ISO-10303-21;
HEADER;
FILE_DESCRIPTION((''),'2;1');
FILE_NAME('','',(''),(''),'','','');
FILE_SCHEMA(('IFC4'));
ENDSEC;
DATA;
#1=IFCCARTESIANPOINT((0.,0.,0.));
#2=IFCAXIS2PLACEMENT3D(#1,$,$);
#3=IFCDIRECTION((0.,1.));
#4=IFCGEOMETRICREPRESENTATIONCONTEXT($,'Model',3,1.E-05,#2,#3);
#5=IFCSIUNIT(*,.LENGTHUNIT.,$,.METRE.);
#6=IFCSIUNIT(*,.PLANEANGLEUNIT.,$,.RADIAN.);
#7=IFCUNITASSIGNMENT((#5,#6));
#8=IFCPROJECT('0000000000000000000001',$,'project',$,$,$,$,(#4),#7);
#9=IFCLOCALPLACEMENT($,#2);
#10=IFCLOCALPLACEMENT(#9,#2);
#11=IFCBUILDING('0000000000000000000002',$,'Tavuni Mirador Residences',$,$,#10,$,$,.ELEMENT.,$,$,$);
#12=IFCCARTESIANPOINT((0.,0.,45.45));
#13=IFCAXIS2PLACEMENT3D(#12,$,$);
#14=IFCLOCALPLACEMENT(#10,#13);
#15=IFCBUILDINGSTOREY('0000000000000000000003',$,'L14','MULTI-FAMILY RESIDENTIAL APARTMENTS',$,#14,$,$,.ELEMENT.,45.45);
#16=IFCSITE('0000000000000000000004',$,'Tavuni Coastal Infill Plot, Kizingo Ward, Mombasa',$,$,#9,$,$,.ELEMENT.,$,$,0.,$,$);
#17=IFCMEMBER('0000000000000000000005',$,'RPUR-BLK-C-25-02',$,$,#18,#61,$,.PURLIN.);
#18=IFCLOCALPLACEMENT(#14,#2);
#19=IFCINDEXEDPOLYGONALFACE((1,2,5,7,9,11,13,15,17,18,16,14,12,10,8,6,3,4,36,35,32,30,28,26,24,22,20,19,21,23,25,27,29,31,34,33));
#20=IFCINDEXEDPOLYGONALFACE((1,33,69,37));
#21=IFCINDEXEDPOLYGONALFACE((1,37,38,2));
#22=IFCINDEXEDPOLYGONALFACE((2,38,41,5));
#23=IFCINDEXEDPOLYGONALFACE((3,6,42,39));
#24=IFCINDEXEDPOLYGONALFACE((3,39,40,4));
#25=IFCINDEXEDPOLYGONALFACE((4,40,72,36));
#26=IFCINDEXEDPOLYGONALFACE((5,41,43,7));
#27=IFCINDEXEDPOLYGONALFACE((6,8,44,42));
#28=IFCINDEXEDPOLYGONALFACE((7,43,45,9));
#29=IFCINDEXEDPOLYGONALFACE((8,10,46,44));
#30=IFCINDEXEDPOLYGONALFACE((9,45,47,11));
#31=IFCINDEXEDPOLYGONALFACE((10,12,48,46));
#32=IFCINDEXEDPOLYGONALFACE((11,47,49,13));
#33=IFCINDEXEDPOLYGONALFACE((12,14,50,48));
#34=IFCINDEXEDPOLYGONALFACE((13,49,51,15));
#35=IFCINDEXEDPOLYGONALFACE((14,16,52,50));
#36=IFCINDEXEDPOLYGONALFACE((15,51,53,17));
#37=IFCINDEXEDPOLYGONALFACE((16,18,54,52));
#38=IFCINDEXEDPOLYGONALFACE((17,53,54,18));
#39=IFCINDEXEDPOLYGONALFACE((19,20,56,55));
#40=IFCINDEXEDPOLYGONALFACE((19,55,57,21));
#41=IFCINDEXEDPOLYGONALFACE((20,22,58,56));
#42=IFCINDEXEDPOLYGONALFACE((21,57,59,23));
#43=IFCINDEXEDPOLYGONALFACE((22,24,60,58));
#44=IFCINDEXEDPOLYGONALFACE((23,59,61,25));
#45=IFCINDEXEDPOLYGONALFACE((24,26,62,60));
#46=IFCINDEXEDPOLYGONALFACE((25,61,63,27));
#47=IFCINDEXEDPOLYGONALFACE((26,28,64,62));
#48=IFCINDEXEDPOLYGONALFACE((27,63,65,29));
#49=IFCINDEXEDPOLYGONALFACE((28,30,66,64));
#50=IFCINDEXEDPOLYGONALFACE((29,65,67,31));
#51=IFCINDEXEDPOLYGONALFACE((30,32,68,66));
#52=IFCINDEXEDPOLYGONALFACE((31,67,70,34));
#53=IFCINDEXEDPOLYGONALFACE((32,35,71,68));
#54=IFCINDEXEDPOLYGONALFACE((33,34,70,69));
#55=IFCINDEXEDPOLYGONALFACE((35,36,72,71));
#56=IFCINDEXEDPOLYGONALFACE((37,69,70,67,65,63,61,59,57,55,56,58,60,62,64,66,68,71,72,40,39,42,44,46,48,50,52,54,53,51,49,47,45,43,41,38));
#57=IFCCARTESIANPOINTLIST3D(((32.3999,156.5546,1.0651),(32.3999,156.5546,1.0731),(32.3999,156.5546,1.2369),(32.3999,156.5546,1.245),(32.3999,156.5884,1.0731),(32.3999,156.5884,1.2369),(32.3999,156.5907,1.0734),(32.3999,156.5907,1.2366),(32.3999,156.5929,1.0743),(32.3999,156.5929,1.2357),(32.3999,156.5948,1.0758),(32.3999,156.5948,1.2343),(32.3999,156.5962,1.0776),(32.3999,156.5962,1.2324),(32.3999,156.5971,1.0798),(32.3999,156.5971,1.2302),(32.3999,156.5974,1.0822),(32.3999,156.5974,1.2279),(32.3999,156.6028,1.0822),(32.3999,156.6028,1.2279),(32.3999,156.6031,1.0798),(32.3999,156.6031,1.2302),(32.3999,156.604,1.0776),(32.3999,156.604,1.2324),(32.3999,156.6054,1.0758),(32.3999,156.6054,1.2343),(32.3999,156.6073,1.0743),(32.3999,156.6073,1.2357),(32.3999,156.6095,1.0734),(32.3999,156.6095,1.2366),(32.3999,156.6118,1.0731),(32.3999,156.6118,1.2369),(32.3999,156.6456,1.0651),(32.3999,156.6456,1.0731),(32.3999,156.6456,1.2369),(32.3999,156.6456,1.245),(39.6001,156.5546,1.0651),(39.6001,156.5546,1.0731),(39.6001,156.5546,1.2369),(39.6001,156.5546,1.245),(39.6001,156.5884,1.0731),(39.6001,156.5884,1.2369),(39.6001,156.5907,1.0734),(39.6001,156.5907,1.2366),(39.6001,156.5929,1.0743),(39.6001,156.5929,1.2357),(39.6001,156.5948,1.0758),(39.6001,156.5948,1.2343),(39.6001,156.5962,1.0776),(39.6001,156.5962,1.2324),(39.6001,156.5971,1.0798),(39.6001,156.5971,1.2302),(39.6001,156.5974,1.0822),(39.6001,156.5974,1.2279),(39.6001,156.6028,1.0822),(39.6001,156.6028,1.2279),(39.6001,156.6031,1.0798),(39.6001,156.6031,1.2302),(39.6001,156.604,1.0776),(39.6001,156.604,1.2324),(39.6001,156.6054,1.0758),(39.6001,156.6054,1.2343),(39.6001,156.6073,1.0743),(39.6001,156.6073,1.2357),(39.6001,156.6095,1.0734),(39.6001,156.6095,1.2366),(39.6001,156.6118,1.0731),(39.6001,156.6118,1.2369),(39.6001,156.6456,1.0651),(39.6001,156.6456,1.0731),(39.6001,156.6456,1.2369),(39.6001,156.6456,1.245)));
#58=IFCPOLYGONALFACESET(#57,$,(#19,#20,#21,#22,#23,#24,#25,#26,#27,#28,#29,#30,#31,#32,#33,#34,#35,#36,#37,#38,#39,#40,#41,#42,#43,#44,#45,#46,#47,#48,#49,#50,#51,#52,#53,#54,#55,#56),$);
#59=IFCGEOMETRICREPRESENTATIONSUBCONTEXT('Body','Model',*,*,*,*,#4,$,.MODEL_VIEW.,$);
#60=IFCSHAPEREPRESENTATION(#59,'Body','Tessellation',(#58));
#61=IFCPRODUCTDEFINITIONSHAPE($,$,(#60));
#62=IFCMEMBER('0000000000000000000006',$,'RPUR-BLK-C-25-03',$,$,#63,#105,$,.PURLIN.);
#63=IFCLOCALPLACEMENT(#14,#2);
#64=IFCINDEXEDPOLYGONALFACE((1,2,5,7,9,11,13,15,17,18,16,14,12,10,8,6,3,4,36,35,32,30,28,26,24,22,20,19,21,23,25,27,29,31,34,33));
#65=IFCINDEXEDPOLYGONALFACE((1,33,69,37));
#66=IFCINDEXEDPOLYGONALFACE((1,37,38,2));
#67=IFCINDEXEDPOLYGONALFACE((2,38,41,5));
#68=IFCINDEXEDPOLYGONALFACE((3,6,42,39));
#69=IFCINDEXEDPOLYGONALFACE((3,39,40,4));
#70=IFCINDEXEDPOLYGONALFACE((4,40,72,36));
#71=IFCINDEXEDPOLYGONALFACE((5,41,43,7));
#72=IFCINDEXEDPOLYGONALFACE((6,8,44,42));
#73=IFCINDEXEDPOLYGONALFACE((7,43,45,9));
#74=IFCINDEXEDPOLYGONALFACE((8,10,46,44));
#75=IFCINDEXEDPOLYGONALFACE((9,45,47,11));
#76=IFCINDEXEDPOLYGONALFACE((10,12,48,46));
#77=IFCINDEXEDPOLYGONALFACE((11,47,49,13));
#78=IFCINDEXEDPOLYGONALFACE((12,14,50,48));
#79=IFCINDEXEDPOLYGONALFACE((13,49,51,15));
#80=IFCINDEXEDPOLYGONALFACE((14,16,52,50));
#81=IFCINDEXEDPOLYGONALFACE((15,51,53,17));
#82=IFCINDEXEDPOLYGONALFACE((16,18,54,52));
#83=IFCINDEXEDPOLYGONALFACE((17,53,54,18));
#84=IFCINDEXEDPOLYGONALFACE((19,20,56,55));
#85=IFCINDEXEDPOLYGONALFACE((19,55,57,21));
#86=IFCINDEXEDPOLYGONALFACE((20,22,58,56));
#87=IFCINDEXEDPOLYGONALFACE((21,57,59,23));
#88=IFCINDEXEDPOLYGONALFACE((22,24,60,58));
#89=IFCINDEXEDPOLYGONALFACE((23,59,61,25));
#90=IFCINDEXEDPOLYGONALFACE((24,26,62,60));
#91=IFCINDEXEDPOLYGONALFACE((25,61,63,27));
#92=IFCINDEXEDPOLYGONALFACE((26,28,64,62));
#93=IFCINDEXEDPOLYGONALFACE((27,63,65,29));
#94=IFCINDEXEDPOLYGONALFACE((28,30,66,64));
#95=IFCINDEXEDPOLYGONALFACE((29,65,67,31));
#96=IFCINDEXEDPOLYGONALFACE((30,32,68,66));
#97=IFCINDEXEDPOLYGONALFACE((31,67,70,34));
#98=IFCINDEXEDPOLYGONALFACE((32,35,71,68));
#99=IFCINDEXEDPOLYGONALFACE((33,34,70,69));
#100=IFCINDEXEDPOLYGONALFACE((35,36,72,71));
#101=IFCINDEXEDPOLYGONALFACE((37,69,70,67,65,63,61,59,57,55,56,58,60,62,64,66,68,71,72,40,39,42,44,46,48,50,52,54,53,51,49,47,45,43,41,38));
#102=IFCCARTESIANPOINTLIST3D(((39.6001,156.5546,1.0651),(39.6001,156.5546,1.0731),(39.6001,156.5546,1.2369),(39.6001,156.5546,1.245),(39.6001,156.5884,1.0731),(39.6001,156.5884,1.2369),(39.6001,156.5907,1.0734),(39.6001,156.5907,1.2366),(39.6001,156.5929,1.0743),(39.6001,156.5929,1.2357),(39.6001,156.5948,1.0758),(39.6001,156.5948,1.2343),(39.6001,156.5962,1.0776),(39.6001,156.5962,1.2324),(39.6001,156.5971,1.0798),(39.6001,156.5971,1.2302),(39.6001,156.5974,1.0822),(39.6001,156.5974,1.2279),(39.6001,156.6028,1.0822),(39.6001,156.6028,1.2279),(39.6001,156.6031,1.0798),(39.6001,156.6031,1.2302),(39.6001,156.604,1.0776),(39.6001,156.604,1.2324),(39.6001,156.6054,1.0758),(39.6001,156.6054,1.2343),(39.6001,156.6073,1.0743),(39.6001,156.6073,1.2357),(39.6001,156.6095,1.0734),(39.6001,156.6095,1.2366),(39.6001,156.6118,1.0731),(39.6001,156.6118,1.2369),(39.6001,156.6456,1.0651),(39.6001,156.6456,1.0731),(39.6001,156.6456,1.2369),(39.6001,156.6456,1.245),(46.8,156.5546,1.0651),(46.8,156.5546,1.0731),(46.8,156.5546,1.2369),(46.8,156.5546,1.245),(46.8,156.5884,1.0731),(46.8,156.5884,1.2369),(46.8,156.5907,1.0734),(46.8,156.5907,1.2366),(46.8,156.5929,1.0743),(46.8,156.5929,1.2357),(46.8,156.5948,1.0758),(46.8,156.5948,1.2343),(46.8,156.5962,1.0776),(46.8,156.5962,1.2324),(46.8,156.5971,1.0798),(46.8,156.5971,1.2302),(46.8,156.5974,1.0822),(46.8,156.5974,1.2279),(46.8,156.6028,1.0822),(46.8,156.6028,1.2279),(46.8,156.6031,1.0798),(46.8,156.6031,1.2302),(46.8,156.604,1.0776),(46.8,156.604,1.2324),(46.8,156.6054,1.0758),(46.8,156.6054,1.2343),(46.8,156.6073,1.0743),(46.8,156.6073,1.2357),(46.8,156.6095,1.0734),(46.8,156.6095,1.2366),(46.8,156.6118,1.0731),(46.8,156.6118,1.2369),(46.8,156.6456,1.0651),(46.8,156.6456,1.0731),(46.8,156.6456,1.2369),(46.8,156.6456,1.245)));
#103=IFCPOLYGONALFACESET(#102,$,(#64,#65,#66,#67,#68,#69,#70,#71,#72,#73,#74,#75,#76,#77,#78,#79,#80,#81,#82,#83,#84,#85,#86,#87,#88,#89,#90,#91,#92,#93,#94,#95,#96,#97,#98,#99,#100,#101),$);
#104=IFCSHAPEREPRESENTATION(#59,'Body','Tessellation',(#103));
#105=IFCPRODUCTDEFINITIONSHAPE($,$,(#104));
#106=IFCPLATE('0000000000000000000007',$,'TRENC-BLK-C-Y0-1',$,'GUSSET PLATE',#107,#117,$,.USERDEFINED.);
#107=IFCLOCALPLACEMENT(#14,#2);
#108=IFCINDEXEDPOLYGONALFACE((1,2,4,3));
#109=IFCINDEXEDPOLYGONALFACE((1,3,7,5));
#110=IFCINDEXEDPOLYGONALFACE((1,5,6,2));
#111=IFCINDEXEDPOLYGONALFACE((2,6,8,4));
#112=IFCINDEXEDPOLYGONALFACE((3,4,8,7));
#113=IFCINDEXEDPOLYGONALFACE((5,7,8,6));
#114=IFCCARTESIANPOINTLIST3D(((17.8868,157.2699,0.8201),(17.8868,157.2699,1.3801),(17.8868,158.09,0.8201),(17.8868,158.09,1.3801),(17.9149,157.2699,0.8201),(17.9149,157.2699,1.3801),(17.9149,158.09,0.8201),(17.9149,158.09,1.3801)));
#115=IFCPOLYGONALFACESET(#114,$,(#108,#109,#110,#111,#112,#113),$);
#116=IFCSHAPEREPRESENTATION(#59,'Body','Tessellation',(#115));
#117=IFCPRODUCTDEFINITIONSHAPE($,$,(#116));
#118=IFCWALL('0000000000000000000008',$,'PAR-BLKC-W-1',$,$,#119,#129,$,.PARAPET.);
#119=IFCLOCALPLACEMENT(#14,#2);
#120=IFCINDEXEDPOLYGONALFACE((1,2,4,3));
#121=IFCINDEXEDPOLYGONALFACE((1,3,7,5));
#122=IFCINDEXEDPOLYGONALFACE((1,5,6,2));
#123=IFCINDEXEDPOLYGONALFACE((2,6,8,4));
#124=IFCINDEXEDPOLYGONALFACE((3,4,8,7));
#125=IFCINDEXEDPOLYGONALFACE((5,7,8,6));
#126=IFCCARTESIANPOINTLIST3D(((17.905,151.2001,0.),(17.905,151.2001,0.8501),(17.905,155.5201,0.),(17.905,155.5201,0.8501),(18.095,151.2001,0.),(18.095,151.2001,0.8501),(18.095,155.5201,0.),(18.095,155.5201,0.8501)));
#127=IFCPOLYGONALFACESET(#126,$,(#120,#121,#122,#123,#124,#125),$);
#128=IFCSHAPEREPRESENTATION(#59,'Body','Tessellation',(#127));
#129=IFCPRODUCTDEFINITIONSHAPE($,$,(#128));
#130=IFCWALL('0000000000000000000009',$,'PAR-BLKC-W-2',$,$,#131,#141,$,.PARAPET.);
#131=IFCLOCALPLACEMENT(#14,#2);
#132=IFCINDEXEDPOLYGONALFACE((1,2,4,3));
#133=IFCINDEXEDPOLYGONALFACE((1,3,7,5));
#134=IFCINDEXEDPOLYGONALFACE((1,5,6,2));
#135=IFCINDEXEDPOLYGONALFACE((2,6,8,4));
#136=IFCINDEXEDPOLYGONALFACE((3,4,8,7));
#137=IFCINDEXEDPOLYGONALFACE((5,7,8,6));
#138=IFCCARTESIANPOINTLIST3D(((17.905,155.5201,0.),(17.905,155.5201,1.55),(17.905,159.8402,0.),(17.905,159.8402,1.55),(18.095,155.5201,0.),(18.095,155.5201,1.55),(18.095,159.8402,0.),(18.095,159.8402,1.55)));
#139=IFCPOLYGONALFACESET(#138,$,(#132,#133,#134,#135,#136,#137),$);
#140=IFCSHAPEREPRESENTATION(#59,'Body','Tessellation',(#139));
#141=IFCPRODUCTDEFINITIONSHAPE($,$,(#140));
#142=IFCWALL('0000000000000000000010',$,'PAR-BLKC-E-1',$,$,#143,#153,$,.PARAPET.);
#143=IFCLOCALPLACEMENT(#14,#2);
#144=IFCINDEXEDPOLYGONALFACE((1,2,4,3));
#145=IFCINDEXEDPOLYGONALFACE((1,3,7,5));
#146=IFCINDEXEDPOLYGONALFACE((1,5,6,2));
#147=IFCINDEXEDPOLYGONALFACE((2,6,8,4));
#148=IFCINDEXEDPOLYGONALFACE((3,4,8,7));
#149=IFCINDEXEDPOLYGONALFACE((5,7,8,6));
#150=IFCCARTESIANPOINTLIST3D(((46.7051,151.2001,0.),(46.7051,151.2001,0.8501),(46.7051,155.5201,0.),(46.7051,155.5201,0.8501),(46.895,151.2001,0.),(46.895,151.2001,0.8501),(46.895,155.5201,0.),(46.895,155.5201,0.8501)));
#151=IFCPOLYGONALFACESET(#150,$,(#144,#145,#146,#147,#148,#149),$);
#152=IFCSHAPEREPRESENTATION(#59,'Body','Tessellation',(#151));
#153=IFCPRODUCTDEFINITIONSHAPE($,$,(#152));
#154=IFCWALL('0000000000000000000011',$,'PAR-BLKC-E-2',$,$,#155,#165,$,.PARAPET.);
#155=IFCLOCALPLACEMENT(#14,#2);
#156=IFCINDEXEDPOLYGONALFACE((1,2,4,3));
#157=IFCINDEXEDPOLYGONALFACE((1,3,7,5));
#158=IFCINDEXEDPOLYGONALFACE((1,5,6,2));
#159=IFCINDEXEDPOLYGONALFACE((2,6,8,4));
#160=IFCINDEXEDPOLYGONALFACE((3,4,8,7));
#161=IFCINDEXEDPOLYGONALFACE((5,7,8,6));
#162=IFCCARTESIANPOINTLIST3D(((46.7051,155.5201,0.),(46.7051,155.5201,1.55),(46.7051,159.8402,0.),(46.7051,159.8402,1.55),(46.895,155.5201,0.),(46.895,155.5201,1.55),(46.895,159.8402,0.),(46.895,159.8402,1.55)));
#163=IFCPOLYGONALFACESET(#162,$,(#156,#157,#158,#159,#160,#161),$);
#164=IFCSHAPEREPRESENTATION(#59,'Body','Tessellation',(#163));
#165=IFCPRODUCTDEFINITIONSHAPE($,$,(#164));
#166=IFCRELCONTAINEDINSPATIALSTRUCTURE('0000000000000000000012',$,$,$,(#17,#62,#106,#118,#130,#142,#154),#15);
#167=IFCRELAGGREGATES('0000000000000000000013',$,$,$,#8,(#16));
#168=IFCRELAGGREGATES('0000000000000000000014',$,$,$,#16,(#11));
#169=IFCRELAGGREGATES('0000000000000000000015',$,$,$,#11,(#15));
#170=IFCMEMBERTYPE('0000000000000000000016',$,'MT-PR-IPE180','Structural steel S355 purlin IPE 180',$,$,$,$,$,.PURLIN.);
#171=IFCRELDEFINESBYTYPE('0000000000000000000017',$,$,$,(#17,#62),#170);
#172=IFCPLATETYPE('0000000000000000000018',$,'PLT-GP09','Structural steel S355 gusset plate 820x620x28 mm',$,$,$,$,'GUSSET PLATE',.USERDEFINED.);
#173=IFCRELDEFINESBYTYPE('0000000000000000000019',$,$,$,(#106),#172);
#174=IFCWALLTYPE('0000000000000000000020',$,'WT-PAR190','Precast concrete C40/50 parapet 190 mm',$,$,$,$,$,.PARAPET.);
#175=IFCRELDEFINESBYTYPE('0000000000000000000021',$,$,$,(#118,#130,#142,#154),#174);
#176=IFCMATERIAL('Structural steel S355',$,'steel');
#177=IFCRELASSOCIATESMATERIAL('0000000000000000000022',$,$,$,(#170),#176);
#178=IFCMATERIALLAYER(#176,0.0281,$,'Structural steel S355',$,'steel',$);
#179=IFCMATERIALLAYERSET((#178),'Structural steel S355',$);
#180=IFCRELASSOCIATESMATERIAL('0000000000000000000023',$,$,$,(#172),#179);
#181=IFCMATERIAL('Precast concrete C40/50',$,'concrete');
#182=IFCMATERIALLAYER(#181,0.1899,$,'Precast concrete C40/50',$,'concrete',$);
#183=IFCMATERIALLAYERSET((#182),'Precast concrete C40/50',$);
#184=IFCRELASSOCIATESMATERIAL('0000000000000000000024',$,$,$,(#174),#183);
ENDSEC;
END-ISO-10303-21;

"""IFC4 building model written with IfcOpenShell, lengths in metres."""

from ifc_helpers import new_model, si_unit, direction, frame, frame_2d, origin, origin_2d, place, context, subcontext, project, spatial, rectangle, i_section, extrude, material, layer, layer_set, material_profile, profile_set, type_object, element, save


model = new_model("IFC4")

# Units and contexts
model_context = context("Model", 3, precision=1e-05, world=origin(), true_north=direction((0.0, 1.0)))
body_context = subcontext(model_context, "Body", "Model", "MODEL_VIEW")
ifc_project = project(units=[si_unit("LENGTHUNIT", "METRE"), si_unit("PLANEANGLEUNIT", "RADIAN")], contexts=[model_context])

# Site, building, storey
site_placement = place(None, origin())
site = spatial("IfcSite", under=ifc_project, at=site_placement, Name="Tavuni Coastal Infill Plot, Kizingo Ward, Mombasa", CompositionType="ELEMENT", RefElevation=0.0)
building_placement = place(site_placement, origin())
building = spatial("IfcBuilding", under=site, at=building_placement, Name="Tavuni Mirador Residences", CompositionType="ELEMENT")
storey_placement = place(building_placement, frame((0.0, 0.0, 45.45)))
storey = spatial("IfcBuildingStorey", under=building, at=storey_placement, Name="L14", Description="MULTI-FAMILY RESIDENTIAL APARTMENTS", CompositionType="ELEMENT", Elevation=45.45)

# Members
ifc_material_1 = material(Name="Structural steel S355", Category="steel")
ifc_material_profile_1 = material_profile(ifc_material_1, i_section(OverallWidth=0.0911, OverallDepth=0.1799, WebThickness=0.0054, FlangeThickness=0.0081, FilletRadius=0.009, at=origin_2d()), Name="IPE 180", Category="steel")
ifc_profile_set_1 = profile_set([ifc_material_profile_1], Name="Structural steel S355")
member_type_1 = type_object("IfcMemberType", Name="MT-PR-IPE180", Description="Structural steel S355 purlin IPE 180", PredefinedType="PURLIN", material=ifc_profile_set_1)
member_1_placement = place(storey_placement, frame((32.3999, 156.6001, 1.155), z_axis=(1.0, 0.0, 0.0), x_axis=(0.0, 1.0, 0.0)))
element("IfcMember", 1, at=member_1_placement, inside=storey, type_object=member_type_1, Name="RPUR-BLK-C-25-02", PredefinedType="PURLIN", context=body_context, shape_type="SweptSolid", body=[
    extrude(i_section(OverallWidth=0.0911, OverallDepth=0.1799, WebThickness=0.0054, FlangeThickness=0.0081, FilletRadius=0.009, at=origin_2d()), origin(), (0.0, 0.0, 1.0), 7.2002),
])
member_2_placement = place(storey_placement, frame((39.6001, 156.6001, 1.155), z_axis=(1.0, 0.0, 0.0), x_axis=(0.0, 1.0, 0.0)))
element("IfcMember", 2, at=member_2_placement, inside=storey, type_object=member_type_1, Name="RPUR-BLK-C-25-03", PredefinedType="PURLIN", context=body_context, shape_type="SweptSolid", body=[
    extrude(i_section(OverallWidth=0.0911, OverallDepth=0.1799, WebThickness=0.0054, FlangeThickness=0.0081, FilletRadius=0.009, at=origin_2d()), origin(), (0.0, 0.0, 1.0), 7.2),
])

# Plate
ifc_layer_1 = layer(ifc_material_1, 0.0281, Name="Structural steel S355", Category="steel")
ifc_layer_set_1 = layer_set([ifc_layer_1], Name="Structural steel S355")
plate_type = type_object("IfcPlateType", Name="PLT-GP09", Description="Structural steel S355 gusset plate 820x620x28 mm", ElementType="GUSSET PLATE", PredefinedType="USERDEFINED", material=ifc_layer_set_1)
plate_placement = place(storey_placement, frame((17.9009, 157.6799, 0.8201), z_axis=(0.0, 0.0, 1.0), x_axis=(0.0, 1.0, 0.0)))
element("IfcPlate", 3, at=plate_placement, inside=storey, type_object=plate_type, Name="TRENC-BLK-C-Y0-1", ObjectType="GUSSET PLATE", PredefinedType="USERDEFINED", context=body_context, shape_type="SweptSolid", body=[
    extrude(rectangle(XDim=0.8201, YDim=0.0281, at=origin_2d()), origin(), (0.0, 0.0, 1.0), 0.5601),
])

# Walls
ifc_material_2 = material(Name="Precast concrete C40/50", Category="concrete")
ifc_layer_2 = layer(ifc_material_2, 0.1899, Name="Precast concrete C40/50", Category="concrete")
ifc_layer_set_2 = layer_set([ifc_layer_2], Name="Precast concrete C40/50")
wall_type = type_object("IfcWallType", Name="WT-PAR190", Description="Precast concrete C40/50 parapet 190 mm", PredefinedType="PARAPET", material=ifc_layer_set_2)
wall_1_placement = place(storey_placement, frame((18.0, 151.2, 0.0), z_axis=(0.0, 0.0, 1.0), x_axis=(0.0, 1.0, 0.0)))
element("IfcWall", 4, at=wall_1_placement, inside=storey, type_object=wall_type, Name="PAR-BLKC-W-1", PredefinedType="PARAPET", context=body_context, shape_type="SweptSolid", body=[
    extrude(rectangle(XDim=4.3201, YDim=0.1899, at=frame_2d((2.1602, 0.0))), origin(), (0.0, 0.0, 1.0), 0.8501),
])
wall_2_placement = place(storey_placement, frame((18.0, 155.52, 0.0), z_axis=(0.0, 0.0, 1.0), x_axis=(0.0, 1.0, 0.0)))
element("IfcWall", 5, at=wall_2_placement, inside=storey, type_object=wall_type, Name="PAR-BLKC-W-2", PredefinedType="PARAPET", context=body_context, shape_type="SweptSolid", body=[
    extrude(rectangle(XDim=4.3201, YDim=0.1899, at=frame_2d((2.1602, 0.0))), origin(), (0.0, 0.0, 1.0), 1.55),
])
wall_3_placement = place(storey_placement, frame((46.8, 151.2, 0.0), z_axis=(0.0, 0.0, 1.0), x_axis=(0.0, 1.0, 0.0)))
element("IfcWall", 6, at=wall_3_placement, inside=storey, type_object=wall_type, Name="PAR-BLKC-E-1", PredefinedType="PARAPET", context=body_context, shape_type="SweptSolid", body=[
    extrude(rectangle(XDim=4.3201, YDim=0.1899, at=frame_2d((2.1602, 0.0))), origin(), (0.0, 0.0, 1.0), 0.8501),
])
wall_4_placement = place(storey_placement, frame((46.8, 155.52, 0.0), z_axis=(0.0, 0.0, 1.0), x_axis=(0.0, 1.0, 0.0)))
element("IfcWall", 7, at=wall_4_placement, inside=storey, type_object=wall_type, Name="PAR-BLKC-E-2", PredefinedType="PARAPET", context=body_context, shape_type="SweptSolid", body=[
    extrude(rectangle(XDim=4.3201, YDim=0.1899, at=frame_2d((2.1602, 0.0))), origin(), (0.0, 0.0, 1.0), 1.55),
])

save(model, "model.ifc")
